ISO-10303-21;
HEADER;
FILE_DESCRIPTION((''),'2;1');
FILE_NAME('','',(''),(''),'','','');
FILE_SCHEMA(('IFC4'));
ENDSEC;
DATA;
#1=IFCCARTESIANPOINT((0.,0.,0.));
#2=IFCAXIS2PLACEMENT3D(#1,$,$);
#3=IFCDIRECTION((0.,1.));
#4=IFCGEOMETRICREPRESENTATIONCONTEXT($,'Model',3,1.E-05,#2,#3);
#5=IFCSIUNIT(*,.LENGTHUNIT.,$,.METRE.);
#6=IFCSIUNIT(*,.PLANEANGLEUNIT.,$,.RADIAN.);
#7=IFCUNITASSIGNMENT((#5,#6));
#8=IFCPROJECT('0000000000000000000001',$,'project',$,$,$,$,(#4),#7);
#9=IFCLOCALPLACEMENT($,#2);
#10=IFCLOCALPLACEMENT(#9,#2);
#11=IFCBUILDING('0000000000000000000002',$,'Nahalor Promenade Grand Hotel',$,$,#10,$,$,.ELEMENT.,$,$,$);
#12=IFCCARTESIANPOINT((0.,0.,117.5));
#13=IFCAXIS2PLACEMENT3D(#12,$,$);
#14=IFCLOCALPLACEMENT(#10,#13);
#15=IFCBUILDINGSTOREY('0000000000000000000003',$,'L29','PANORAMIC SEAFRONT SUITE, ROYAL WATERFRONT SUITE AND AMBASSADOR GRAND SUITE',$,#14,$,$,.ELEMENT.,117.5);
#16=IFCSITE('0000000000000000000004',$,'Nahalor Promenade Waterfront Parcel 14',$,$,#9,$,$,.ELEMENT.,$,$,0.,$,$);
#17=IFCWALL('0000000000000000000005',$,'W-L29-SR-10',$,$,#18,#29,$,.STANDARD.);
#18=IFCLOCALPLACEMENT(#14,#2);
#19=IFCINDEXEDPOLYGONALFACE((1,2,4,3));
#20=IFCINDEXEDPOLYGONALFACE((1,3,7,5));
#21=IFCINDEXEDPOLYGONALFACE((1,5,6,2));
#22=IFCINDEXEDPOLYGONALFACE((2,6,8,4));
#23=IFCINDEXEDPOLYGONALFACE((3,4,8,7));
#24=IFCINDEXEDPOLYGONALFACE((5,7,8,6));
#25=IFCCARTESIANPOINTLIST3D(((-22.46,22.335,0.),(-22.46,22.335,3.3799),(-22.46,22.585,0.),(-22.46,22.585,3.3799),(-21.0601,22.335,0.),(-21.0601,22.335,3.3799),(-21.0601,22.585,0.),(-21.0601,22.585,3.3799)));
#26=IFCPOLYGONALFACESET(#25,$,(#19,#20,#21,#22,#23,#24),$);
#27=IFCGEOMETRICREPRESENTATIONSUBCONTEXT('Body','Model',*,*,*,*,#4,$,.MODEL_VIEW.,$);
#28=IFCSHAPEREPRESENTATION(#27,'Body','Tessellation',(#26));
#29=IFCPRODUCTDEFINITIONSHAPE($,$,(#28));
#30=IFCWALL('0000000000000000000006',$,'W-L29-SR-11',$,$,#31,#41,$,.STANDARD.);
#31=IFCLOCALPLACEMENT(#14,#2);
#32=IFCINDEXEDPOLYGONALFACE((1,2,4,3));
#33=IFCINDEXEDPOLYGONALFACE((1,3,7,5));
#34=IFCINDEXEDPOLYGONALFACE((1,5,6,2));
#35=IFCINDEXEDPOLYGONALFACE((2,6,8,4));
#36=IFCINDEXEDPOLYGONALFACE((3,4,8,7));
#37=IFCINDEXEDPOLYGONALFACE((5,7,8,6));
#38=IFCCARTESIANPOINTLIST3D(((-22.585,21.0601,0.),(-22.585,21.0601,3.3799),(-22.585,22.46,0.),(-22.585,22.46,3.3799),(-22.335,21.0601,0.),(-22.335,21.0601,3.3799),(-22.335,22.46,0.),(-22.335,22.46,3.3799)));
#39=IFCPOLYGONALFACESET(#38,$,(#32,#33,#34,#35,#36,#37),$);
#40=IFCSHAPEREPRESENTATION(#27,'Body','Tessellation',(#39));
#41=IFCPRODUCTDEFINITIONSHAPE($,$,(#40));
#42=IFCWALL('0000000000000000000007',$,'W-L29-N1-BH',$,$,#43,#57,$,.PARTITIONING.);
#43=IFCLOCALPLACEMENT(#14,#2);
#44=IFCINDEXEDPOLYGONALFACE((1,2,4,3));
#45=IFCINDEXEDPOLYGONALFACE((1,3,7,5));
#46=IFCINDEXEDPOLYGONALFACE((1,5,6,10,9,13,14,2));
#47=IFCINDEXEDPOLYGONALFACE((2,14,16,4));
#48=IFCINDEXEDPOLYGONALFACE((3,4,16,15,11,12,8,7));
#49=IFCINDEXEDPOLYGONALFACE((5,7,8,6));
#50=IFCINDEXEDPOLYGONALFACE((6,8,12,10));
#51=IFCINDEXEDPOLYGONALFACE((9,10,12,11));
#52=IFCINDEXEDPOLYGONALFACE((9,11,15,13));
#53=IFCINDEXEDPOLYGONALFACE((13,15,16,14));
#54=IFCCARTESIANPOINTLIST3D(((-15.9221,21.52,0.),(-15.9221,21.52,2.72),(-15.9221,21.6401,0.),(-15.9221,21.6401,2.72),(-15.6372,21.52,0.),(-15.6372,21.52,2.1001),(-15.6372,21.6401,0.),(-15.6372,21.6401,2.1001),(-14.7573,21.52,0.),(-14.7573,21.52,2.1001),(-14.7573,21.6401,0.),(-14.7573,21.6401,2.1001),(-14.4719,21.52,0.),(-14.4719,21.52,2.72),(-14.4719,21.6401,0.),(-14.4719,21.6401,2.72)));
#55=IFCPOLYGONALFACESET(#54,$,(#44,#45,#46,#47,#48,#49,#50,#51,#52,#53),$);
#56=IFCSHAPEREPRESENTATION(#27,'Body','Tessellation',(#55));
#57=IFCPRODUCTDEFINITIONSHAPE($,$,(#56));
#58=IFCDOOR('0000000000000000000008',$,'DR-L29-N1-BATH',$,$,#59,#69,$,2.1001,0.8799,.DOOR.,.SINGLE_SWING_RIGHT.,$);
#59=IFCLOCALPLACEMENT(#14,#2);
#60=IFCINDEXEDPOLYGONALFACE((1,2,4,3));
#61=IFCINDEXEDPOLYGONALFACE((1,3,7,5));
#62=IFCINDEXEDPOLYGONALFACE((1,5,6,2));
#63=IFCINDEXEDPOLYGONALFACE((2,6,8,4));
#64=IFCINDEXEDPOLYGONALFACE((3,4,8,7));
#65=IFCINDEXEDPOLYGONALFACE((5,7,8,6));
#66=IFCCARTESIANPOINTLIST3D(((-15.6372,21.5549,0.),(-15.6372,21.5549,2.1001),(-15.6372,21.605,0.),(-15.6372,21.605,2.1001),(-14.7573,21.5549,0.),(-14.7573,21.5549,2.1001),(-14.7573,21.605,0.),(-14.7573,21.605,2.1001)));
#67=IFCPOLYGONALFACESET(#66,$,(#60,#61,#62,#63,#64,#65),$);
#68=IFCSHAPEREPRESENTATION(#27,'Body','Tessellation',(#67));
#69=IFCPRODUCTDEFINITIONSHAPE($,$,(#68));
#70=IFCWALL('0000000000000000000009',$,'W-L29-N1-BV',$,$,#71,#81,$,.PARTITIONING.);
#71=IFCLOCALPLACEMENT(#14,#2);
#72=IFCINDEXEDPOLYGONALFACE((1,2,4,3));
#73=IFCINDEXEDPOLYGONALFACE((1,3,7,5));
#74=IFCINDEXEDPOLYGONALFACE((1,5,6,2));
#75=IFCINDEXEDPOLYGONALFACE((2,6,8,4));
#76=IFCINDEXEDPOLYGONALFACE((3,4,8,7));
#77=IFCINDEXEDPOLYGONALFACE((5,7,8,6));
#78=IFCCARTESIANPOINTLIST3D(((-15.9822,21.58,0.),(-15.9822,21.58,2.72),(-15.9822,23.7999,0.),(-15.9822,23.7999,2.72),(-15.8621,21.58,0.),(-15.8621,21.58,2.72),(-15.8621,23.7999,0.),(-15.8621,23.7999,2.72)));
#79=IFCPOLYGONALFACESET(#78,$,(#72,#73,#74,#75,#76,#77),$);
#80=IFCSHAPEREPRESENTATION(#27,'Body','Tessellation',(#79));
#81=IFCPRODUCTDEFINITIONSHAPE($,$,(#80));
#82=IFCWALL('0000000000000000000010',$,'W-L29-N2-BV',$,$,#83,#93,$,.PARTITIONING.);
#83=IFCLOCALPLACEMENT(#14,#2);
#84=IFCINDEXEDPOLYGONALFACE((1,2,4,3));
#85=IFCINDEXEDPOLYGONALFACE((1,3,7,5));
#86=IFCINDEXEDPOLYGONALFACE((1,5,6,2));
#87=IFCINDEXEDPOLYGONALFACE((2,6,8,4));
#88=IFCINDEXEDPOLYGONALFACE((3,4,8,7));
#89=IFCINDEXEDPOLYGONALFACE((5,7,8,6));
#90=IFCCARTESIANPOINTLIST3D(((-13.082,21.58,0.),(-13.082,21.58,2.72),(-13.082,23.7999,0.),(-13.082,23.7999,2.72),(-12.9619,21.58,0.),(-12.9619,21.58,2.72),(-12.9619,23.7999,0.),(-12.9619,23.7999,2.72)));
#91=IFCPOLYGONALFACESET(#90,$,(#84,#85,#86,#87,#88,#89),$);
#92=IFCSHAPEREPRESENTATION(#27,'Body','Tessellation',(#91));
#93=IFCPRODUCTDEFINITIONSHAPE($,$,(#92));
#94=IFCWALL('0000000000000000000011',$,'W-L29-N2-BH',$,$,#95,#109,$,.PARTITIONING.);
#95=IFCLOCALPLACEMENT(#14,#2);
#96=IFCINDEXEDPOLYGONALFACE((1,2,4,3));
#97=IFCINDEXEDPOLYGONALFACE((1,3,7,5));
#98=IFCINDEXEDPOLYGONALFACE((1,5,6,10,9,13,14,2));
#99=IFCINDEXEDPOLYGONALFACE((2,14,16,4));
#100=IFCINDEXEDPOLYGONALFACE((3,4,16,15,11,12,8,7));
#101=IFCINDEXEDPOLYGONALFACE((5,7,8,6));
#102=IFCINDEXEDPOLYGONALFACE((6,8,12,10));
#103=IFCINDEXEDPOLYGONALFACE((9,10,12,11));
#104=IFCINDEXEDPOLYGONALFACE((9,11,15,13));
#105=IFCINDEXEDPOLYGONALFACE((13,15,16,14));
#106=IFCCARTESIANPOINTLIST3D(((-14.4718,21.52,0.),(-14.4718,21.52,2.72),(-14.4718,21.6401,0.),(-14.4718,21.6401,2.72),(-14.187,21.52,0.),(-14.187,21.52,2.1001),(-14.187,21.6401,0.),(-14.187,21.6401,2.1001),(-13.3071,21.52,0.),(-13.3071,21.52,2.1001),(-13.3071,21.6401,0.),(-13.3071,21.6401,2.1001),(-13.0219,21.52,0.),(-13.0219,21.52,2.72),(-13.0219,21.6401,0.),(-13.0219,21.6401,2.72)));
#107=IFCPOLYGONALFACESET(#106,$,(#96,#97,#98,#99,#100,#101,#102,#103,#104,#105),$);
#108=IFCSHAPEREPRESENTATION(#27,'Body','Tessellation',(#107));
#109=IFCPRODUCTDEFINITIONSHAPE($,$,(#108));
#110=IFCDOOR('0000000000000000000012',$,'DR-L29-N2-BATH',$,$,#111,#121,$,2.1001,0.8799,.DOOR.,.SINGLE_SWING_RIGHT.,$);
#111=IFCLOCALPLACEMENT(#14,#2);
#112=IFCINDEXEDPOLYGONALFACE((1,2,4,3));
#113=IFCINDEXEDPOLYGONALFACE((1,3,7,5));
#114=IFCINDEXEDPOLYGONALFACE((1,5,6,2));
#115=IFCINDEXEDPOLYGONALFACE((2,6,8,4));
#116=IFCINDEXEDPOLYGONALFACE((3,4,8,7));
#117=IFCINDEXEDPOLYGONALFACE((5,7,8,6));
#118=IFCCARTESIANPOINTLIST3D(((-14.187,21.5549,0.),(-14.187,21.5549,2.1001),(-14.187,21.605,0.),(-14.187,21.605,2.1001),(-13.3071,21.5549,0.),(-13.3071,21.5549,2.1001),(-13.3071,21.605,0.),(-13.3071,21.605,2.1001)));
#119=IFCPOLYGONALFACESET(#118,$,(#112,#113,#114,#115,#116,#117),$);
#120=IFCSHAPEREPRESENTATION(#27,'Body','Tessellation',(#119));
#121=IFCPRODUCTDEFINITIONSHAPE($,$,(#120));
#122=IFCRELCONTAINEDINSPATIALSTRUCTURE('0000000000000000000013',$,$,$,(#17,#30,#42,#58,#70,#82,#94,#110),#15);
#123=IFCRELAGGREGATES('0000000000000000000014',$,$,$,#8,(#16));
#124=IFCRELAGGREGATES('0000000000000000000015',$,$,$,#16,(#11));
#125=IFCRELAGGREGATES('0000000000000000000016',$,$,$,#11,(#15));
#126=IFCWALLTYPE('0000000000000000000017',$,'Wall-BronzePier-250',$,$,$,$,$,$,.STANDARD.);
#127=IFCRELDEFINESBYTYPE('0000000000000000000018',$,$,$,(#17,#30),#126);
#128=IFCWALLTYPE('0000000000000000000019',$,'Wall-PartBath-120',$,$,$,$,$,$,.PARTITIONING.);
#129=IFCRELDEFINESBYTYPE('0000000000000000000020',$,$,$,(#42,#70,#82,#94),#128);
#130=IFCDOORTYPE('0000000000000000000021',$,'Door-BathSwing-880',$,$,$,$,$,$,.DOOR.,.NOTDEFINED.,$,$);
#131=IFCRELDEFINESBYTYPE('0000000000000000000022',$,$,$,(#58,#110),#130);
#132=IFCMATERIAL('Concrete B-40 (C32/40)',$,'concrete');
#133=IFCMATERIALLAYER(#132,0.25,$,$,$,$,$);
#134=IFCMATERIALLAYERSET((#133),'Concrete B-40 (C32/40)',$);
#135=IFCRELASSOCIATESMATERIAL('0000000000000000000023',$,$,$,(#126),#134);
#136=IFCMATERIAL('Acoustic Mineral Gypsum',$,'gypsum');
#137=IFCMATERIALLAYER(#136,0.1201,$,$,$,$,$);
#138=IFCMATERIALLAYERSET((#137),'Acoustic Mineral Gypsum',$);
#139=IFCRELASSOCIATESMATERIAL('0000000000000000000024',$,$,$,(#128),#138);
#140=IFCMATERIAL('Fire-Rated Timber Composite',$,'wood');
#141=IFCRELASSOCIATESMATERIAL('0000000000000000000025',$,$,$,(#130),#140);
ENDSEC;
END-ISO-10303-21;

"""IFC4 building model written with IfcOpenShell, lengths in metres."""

from ifc_helpers import new_model, si_unit, direction, frame, frame_2d, origin, place, context, subcontext, project, spatial, rectangle, extrude, source, transform, mapped, material, layer, layer_set, type_object, element, fill, save


model = new_model("IFC4")

# Units and contexts
model_context = context("Model", 3, precision=1e-05, world=origin(), true_north=direction((0.0, 1.0)))
body_context = subcontext(model_context, "Body", "Model", "MODEL_VIEW")
ifc_project = project(units=[si_unit("LENGTHUNIT", "METRE"), si_unit("PLANEANGLEUNIT", "RADIAN")], contexts=[model_context])

# Site, building, storey
site_placement = place(None, origin())
site = spatial("IfcSite", under=ifc_project, at=site_placement, Name="Nahalor Promenade Waterfront Parcel 14", CompositionType="ELEMENT", RefElevation=0.0)
building_placement = place(site_placement, origin())
building = spatial("IfcBuilding", under=site, at=building_placement, Name="Nahalor Promenade Grand Hotel", CompositionType="ELEMENT")
storey_placement = place(building_placement, frame((0.0, 0.0, 117.5)))
storey = spatial("IfcBuildingStorey", under=building, at=storey_placement, Name="L29", Description="PANORAMIC SEAFRONT SUITE, ROYAL WATERFRONT SUITE AND AMBASSADOR GRAND SUITE", CompositionType="ELEMENT", Elevation=117.5)

# Walls
ifc_material_1 = material(Name="Concrete B-40 (C32/40)", Category="concrete")
ifc_layer_1 = layer(ifc_material_1, 0.25)
ifc_layer_set_1 = layer_set([ifc_layer_1], Name="Concrete B-40 (C32/40)")
wall_type_1 = type_object("IfcWallType", Name="Wall-BronzePier-250", PredefinedType="STANDARD", material=ifc_layer_set_1)
shared_shape_1 = source(origin(), body_context, "Body", "SweptSolid", [
    extrude(rectangle(XDim=1.3999, YDim=0.25, at=frame_2d((0.7, 0.0))), origin(), (0.0, 0.0, 1.0), 3.3799),
])
for number, where, z_axis, x_axis, name in (
    (1, (-22.46, 22.46, 0.0), (0.0, 0.0, 1.0), (1.0, 0.0, 0.0), "W-L29-SR-10"),
    (2, (-22.46, 21.0601, 0.0), (0.0, 0.0, 1.0), (0.0, 1.0, 0.0), "W-L29-SR-11"),
):
    element("IfcWall", number, at=place(storey_placement, frame(where, z_axis=z_axis, x_axis=x_axis)), inside=storey, type_object=wall_type_1, Name=name, PredefinedType="STANDARD", context=body_context, shape_type="MappedRepresentation", body=[
        mapped(shared_shape_1, transform((0.0, 0.0, 0.0), scale=1.0)),
    ])

# Wall, opening, door
ifc_material_2 = material(Name="Acoustic Mineral Gypsum", Category="gypsum")
ifc_layer_2 = layer(ifc_material_2, 0.1201)
ifc_layer_set_2 = layer_set([ifc_layer_2], Name="Acoustic Mineral Gypsum")
wall_type_2 = type_object("IfcWallType", Name="Wall-PartBath-120", PredefinedType="PARTITIONING", material=ifc_layer_set_2)
shared_shape_2 = source(origin(), body_context, "Body", "SweptSolid", [
    extrude(rectangle(XDim=1.4502, YDim=0.1201, at=frame_2d((0.7251, 0.0))), origin(), (0.0, 0.0, 1.0), 2.72),
])
wall_1_placement = place(storey_placement, frame((-15.9221, 21.5801, 0.0), z_axis=(0.0, 0.0, 1.0), x_axis=(1.0, 0.0, 0.0)))
wall_1 = element("IfcWall", 3, at=wall_1_placement, inside=storey, type_object=wall_type_2, Name="W-L29-N1-BH", PredefinedType="PARTITIONING", context=body_context, shape_type="MappedRepresentation", body=[
    mapped(shared_shape_2, transform((0.0, 0.0, 0.0), scale=1.0)),
])
opening_1_placement = place(wall_1_placement, frame((0.2849, 0.0, 0.0)))
opening_1 = element("IfcOpeningElement", 4, at=opening_1_placement, cuts=wall_1, PredefinedType="OPENING", context=body_context, shape_type="SweptSolid", body=[
    extrude(rectangle(XDim=0.8799, YDim=2.1001, at=frame_2d((0.4399, 1.05))), frame((0.0, 0.0701, 0.0), z_axis=(0.0, -1.0, 0.0), x_axis=(1.0, 0.0, 0.0)), (0.0, 0.0, 1.0), 0.1401),
])
ifc_material_3 = material(Name="Fire-Rated Timber Composite", Category="wood")
door_type = type_object("IfcDoorType", Name="Door-BathSwing-880", OperationType="NOTDEFINED", PredefinedType="DOOR", material=ifc_material_3)
shared_shape_3 = source(origin(), body_context, "Body", "SweptSolid", [
    extrude(rectangle(XDim=0.8799, YDim=2.1001, at=frame_2d((0.4399, 1.05))), frame((0.0, 0.0249, 0.0), z_axis=(0.0, -1.0, 0.0), x_axis=(1.0, 0.0, 0.0)), (0.0, 0.0, 1.0), 0.05),
])
door_1_placement = place(opening_1_placement, origin())
door_1 = element("IfcDoor", 5, at=door_1_placement, inside=storey, type_object=door_type, Name="DR-L29-N1-BATH", OperationType="SINGLE_SWING_RIGHT", OverallHeight=2.1001, OverallWidth=0.8799, PredefinedType="DOOR", context=body_context, shape_type="MappedRepresentation", body=[
    mapped(shared_shape_3, transform((0.0, 0.0, 0.0), scale=1.0)),
])
fill(opening_1, door_1)

# Walls
shared_shape_4 = source(origin(), body_context, "Body", "SweptSolid", [
    extrude(rectangle(XDim=2.22, YDim=0.1201, at=frame_2d((1.1099, 0.0))), origin(), (0.0, 0.0, 1.0), 2.72),
])
for number, where, z_axis, x_axis, name in (
    (6, (-15.9221, 21.5801, 0.0), (0.0, 0.0, 1.0), (0.0, 1.0, 0.0), "W-L29-N1-BV"),
    (7, (-13.022, 21.5801, 0.0), (0.0, 0.0, 1.0), (0.0, 1.0, 0.0), "W-L29-N2-BV"),
):
    element("IfcWall", number, at=place(storey_placement, frame(where, z_axis=z_axis, x_axis=x_axis)), inside=storey, type_object=wall_type_2, Name=name, PredefinedType="PARTITIONING", context=body_context, shape_type="MappedRepresentation", body=[
        mapped(shared_shape_4, transform((0.0, 0.0, 0.0), scale=1.0)),
    ])

# Wall, opening, door
shared_shape_5 = source(origin(), body_context, "Body", "SweptSolid", [
    extrude(rectangle(XDim=1.45, YDim=0.1201, at=frame_2d((0.7251, 0.0))), origin(), (0.0, 0.0, 1.0), 2.72),
])
wall_2_placement = place(storey_placement, frame((-14.4719, 21.5801, 0.0), z_axis=(0.0, 0.0, 1.0), x_axis=(1.0, 0.0, 0.0)))
wall_2 = element("IfcWall", 8, at=wall_2_placement, inside=storey, type_object=wall_type_2, Name="W-L29-N2-BH", PredefinedType="PARTITIONING", context=body_context, shape_type="MappedRepresentation", body=[
    mapped(shared_shape_5, transform((0.0, 0.0, 0.0), scale=1.0)),
])
opening_2_placement = place(wall_2_placement, frame((0.2849, 0.0, 0.0)))
opening_2 = element("IfcOpeningElement", 9, at=opening_2_placement, cuts=wall_2, PredefinedType="OPENING", context=body_context, shape_type="SweptSolid", body=[
    extrude(rectangle(XDim=0.8799, YDim=2.1001, at=frame_2d((0.4399, 1.05))), frame((0.0, 0.0701, 0.0), z_axis=(0.0, -1.0, 0.0), x_axis=(1.0, 0.0, 0.0)), (0.0, 0.0, 1.0), 0.1401),
])
door_2_placement = place(opening_2_placement, origin())
door_2 = element("IfcDoor", 10, at=door_2_placement, inside=storey, type_object=door_type, Name="DR-L29-N2-BATH", OperationType="SINGLE_SWING_RIGHT", OverallHeight=2.1001, OverallWidth=0.8799, PredefinedType="DOOR", context=body_context, shape_type="MappedRepresentation", body=[
    mapped(shared_shape_3, transform((0.0, 0.0, 0.0), scale=1.0)),
])
fill(opening_2, door_2)

save(model, "model.ifc")
